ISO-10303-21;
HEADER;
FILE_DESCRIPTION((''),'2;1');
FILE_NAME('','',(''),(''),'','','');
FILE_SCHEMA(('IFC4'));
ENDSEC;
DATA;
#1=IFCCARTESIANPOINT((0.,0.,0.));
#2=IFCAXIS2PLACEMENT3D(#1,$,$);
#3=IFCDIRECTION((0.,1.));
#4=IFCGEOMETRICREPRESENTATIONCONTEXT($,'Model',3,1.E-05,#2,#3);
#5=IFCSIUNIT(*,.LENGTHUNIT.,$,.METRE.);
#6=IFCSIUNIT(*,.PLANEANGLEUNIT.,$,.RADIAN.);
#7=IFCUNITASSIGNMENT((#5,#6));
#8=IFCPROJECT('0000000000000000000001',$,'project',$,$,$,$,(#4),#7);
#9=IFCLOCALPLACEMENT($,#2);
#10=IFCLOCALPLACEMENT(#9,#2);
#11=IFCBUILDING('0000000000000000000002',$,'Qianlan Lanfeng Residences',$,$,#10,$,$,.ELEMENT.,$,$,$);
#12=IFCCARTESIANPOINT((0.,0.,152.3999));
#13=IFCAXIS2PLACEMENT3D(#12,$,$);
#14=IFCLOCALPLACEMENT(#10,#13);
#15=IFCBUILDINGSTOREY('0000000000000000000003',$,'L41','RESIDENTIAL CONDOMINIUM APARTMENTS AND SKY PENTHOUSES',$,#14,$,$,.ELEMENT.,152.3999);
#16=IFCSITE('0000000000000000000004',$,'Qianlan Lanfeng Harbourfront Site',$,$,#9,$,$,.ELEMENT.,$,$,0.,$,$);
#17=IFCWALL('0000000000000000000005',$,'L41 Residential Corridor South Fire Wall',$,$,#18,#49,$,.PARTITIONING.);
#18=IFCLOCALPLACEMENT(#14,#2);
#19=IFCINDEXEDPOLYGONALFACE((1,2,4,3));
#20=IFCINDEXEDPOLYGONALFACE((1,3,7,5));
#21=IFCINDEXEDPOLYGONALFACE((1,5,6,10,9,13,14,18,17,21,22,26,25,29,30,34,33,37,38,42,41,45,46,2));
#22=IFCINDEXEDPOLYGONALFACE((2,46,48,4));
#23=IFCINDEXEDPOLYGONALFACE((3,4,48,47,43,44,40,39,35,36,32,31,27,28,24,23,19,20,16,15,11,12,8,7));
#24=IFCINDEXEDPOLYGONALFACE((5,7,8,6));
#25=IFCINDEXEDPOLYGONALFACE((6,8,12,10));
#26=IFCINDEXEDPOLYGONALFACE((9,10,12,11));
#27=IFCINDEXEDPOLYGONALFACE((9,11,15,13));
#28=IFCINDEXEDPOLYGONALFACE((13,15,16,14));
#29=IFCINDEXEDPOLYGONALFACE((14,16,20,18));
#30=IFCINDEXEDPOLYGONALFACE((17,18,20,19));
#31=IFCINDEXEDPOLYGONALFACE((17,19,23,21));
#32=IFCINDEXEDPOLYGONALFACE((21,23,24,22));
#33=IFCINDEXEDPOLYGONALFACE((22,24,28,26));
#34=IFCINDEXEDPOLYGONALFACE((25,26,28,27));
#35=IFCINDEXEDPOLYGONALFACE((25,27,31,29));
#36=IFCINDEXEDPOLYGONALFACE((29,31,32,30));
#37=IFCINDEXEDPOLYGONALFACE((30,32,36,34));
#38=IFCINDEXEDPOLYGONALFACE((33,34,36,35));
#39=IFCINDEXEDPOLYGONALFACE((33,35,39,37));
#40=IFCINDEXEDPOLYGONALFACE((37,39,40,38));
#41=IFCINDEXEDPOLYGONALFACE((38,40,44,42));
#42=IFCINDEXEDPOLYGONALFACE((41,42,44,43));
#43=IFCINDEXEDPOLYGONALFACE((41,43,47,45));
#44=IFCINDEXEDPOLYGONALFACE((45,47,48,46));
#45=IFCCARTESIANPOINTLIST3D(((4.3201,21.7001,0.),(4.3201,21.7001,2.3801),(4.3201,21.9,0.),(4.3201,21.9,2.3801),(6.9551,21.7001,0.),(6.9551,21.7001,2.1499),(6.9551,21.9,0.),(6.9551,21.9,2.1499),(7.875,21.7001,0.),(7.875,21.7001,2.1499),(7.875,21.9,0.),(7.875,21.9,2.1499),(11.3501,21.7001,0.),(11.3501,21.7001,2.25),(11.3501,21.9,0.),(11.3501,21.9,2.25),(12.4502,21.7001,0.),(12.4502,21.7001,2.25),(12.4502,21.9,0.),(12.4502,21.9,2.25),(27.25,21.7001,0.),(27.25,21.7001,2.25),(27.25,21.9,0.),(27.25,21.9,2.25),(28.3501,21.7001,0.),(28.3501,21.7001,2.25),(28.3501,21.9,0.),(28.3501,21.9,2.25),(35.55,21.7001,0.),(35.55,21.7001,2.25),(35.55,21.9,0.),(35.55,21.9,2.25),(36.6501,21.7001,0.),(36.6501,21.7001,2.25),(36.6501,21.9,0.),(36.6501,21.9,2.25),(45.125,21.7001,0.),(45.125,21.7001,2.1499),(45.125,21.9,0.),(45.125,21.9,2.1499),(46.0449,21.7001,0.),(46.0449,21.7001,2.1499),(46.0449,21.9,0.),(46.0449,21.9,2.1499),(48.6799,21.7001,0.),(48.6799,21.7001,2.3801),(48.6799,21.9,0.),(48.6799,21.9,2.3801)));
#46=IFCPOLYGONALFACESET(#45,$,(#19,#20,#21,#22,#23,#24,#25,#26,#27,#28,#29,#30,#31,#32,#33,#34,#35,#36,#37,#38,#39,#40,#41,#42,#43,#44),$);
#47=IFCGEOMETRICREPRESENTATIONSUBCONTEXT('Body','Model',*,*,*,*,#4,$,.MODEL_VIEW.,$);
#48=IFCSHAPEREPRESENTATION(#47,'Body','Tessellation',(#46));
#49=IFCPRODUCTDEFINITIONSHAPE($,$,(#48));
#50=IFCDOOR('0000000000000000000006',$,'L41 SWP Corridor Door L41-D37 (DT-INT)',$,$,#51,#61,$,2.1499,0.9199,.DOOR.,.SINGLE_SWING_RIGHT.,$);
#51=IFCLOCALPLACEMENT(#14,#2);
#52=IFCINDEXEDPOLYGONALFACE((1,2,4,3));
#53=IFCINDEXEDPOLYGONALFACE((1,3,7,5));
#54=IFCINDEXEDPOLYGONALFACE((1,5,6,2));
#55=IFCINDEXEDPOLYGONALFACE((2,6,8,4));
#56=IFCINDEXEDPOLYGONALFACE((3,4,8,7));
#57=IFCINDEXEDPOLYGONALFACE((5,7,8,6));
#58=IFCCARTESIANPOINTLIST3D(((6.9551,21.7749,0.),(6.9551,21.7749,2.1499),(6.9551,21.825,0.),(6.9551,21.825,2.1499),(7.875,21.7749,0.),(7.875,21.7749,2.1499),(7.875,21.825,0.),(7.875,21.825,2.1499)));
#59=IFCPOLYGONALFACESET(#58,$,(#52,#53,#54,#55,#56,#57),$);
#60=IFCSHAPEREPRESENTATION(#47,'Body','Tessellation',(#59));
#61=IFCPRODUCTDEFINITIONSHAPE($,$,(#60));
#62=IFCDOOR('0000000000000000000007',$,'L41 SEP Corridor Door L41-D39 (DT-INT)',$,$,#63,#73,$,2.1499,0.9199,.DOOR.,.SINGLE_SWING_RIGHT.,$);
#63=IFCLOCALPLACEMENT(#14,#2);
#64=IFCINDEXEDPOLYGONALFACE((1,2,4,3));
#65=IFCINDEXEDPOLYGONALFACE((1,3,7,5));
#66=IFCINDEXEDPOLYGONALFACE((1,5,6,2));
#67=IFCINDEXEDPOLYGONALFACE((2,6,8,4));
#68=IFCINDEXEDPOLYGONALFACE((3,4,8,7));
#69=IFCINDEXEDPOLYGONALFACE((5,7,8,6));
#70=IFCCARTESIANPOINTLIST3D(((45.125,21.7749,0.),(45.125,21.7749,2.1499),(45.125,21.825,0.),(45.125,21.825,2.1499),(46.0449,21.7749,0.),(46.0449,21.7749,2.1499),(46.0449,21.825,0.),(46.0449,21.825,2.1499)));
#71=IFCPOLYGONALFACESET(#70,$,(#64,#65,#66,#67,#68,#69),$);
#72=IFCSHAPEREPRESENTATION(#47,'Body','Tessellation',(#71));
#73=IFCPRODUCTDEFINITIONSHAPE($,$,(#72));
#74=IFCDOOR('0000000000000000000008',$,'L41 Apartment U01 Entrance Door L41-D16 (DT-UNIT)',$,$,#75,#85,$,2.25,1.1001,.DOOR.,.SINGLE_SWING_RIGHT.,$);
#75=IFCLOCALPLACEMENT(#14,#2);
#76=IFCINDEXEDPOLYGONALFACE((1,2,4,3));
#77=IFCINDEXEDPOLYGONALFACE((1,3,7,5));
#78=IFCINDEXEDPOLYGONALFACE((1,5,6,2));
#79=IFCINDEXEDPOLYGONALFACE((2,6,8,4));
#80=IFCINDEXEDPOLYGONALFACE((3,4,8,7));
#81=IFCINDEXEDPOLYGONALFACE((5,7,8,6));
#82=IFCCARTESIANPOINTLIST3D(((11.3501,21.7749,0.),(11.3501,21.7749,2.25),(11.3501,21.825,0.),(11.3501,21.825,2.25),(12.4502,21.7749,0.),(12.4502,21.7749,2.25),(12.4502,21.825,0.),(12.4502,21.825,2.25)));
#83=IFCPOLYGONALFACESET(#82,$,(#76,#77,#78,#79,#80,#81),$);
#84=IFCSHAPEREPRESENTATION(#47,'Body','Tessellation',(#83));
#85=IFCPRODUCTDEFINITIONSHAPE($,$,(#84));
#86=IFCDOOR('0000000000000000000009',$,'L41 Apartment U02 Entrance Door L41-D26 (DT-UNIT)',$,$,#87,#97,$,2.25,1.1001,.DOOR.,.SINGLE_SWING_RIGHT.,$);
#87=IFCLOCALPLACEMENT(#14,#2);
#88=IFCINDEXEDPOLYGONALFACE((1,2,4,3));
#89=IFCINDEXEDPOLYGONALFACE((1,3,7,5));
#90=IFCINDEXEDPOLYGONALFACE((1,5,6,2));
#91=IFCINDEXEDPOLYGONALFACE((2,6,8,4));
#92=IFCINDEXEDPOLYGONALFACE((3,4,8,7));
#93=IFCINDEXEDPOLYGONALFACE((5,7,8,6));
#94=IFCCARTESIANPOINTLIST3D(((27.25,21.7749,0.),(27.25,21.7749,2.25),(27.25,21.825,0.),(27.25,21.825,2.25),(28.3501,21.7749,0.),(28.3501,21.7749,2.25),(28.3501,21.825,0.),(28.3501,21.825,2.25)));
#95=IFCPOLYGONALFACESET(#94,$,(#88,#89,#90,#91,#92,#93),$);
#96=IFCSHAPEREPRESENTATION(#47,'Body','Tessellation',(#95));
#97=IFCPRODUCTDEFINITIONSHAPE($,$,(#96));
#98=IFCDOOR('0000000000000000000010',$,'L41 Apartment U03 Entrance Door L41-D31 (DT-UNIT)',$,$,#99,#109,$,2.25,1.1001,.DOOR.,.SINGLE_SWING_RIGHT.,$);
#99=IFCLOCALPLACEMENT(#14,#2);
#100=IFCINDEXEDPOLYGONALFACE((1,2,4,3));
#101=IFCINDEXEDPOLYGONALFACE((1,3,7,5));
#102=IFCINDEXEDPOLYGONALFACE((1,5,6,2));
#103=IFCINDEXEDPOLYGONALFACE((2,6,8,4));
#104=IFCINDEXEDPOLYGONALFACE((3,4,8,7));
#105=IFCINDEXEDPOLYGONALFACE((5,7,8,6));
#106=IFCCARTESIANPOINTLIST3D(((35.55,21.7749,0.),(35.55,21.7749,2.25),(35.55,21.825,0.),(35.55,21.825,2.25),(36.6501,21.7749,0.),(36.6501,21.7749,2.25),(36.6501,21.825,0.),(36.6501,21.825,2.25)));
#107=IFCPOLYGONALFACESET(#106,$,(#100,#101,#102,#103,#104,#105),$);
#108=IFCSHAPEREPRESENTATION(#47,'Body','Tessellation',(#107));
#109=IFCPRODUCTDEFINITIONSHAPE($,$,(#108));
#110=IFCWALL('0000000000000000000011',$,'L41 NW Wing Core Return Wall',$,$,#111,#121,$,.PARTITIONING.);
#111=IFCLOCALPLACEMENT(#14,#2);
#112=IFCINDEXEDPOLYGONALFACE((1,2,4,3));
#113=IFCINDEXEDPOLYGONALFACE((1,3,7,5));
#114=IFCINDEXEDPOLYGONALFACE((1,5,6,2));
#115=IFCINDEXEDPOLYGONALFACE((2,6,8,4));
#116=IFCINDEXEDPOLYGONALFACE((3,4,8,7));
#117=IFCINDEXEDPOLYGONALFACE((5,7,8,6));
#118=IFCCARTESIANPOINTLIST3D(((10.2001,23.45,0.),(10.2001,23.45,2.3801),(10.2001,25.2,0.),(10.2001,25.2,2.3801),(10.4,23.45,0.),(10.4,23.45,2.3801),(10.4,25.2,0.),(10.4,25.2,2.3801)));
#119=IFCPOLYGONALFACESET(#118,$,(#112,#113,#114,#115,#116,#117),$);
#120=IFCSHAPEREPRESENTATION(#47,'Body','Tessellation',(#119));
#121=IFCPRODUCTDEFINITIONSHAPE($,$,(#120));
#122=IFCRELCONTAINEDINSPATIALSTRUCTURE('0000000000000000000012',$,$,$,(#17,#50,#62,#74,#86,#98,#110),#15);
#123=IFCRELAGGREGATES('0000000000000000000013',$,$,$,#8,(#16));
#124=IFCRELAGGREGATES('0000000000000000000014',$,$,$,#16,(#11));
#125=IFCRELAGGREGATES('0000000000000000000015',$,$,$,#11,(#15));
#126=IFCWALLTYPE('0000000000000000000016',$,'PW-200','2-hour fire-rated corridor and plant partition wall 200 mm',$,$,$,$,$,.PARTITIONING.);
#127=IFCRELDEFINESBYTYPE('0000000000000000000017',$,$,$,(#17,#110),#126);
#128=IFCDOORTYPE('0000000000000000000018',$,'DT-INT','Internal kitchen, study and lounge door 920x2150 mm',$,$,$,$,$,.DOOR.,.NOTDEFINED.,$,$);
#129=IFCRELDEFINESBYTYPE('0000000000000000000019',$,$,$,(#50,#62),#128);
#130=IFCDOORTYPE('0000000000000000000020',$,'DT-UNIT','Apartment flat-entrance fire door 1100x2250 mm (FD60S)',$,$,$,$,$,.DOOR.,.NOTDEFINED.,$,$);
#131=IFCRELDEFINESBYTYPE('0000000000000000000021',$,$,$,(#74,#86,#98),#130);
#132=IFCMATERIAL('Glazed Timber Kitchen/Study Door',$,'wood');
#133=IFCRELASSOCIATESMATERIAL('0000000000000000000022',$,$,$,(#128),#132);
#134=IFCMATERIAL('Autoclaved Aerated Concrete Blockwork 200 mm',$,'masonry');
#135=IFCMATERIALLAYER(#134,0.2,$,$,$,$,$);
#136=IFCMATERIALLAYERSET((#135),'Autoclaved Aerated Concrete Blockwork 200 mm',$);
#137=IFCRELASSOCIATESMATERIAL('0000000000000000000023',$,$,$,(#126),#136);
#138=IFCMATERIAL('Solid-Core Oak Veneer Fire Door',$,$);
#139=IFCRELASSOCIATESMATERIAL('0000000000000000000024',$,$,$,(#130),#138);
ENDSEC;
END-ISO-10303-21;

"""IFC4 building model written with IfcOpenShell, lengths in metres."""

from ifc_helpers import new_model, si_unit, direction, frame, frame_2d, origin, place, context, subcontext, project, spatial, rectangle, extrude, material, layer, layer_set, type_object, element, fill, save


model = new_model("IFC4")

# Units and contexts
model_context = context("Model", 3, precision=1e-05, world=origin(), true_north=direction((0.0, 1.0)))
body_context = subcontext(model_context, "Body", "Model", "MODEL_VIEW")
ifc_project = project(units=[si_unit("LENGTHUNIT", "METRE"), si_unit("PLANEANGLEUNIT", "RADIAN")], contexts=[model_context])

# Site, building, storey
site_placement = place(None, origin())
site = spatial("IfcSite", under=ifc_project, at=site_placement, Name="Qianlan Lanfeng Harbourfront Site", CompositionType="ELEMENT", RefElevation=0.0)
building_placement = place(site_placement, origin())
building = spatial("IfcBuilding", under=site, at=building_placement, Name="Qianlan Lanfeng Residences", CompositionType="ELEMENT")
storey_placement = place(building_placement, frame((0.0, 0.0, 152.3999)))
storey = spatial("IfcBuildingStorey", under=building, at=storey_placement, Name="L41", Description="RESIDENTIAL CONDOMINIUM APARTMENTS AND SKY PENTHOUSES", CompositionType="ELEMENT", Elevation=152.3999)

# Shared definitions
ifc_material_1 = material(Name="Glazed Timber Kitchen/Study Door", Category="wood")
door_type_1 = type_object("IfcDoorType", Name="DT-INT", Description="Internal kitchen, study and lounge door 920x2150 mm", OperationType="NOTDEFINED", PredefinedType="DOOR", material=ifc_material_1)

# Wall, openings, doors
ifc_material_2 = material(Name="Autoclaved Aerated Concrete Blockwork 200 mm", Category="masonry")
ifc_layer_1 = layer(ifc_material_2, 0.2)
ifc_layer_set_1 = layer_set([ifc_layer_1], Name="Autoclaved Aerated Concrete Blockwork 200 mm")
wall_type_1 = type_object("IfcWallType", Name="PW-200", Description="2-hour fire-rated corridor and plant partition wall 200 mm", PredefinedType="PARTITIONING", material=ifc_layer_set_1)
wall_1_placement = place(storey_placement, frame((4.3201, 21.8, 0.0), z_axis=(0.0, 0.0, 1.0), x_axis=(1.0, 0.0, 0.0)))
wall_1 = element("IfcWall", 1, at=wall_1_placement, inside=storey, type_object=wall_type_1, Name="L41 Residential Corridor South Fire Wall", PredefinedType="PARTITIONING", context=body_context, shape_type="SweptSolid", body=[
    extrude(rectangle(XDim=44.3599, YDim=0.2, at=frame_2d((22.1799, 0.0))), origin(), (0.0, 0.0, 1.0), 2.3801),
])
opening_1_placement = place(wall_1_placement, frame((7.03, 0.0, 0.0)))
opening_1 = element("IfcOpeningElement", 2, at=opening_1_placement, cuts=wall_1, PredefinedType="OPENING", context=body_context, shape_type="SweptSolid", body=[
    extrude(rectangle(XDim=1.1001, YDim=2.25, at=frame_2d((0.55, 1.125))), frame((0.0, 0.1099, 0.0), z_axis=(0.0, -1.0, 0.0), x_axis=(1.0, 0.0, 0.0)), (0.0, 0.0, 1.0), 0.22),
])
opening_2_placement = place(wall_1_placement, frame((22.9299, 0.0, 0.0)))
opening_2 = element("IfcOpeningElement", 3, at=opening_2_placement, cuts=wall_1, PredefinedType="OPENING", context=body_context, shape_type="SweptSolid", body=[
    extrude(rectangle(XDim=1.1001, YDim=2.25, at=frame_2d((0.55, 1.125))), frame((0.0, 0.1099, 0.0), z_axis=(0.0, -1.0, 0.0), x_axis=(1.0, 0.0, 0.0)), (0.0, 0.0, 1.0), 0.22),
])
opening_3_placement = place(wall_1_placement, frame((31.23, 0.0, 0.0)))
opening_3 = element("IfcOpeningElement", 4, at=opening_3_placement, cuts=wall_1, PredefinedType="OPENING", context=body_context, shape_type="SweptSolid", body=[
    extrude(rectangle(XDim=1.1001, YDim=2.25, at=frame_2d((0.55, 1.125))), frame((0.0, 0.1099, 0.0), z_axis=(0.0, -1.0, 0.0), x_axis=(1.0, 0.0, 0.0)), (0.0, 0.0, 1.0), 0.22),
])
opening_4_placement = place(wall_1_placement, frame((2.635, 0.0, 0.0)))
opening_4 = element("IfcOpeningElement", 5, at=opening_4_placement, cuts=wall_1, PredefinedType="OPENING", context=body_context, shape_type="SweptSolid", body=[
    extrude(rectangle(XDim=0.9199, YDim=2.1499, at=frame_2d((0.46, 1.075))), frame((0.0, 0.1099, 0.0), z_axis=(0.0, -1.0, 0.0), x_axis=(1.0, 0.0, 0.0)), (0.0, 0.0, 1.0), 0.22),
])
opening_5_placement = place(wall_1_placement, frame((40.8049, 0.0, 0.0)))
opening_5 = element("IfcOpeningElement", 6, at=opening_5_placement, cuts=wall_1, PredefinedType="OPENING", context=body_context, shape_type="SweptSolid", body=[
    extrude(rectangle(XDim=0.9199, YDim=2.1499, at=frame_2d((0.46, 1.075))), frame((0.0, 0.1099, 0.0), z_axis=(0.0, -1.0, 0.0), x_axis=(1.0, 0.0, 0.0)), (0.0, 0.0, 1.0), 0.22),
])
door_1_placement = place(opening_4_placement, origin())
door_1 = element("IfcDoor", 7, at=door_1_placement, inside=storey, type_object=door_type_1, Name="L41 SWP Corridor Door L41-D37 (DT-INT)", OperationType="SINGLE_SWING_RIGHT", OverallHeight=2.1499, OverallWidth=0.9199, PredefinedType="DOOR", context=body_context, shape_type="SweptSolid", body=[
    extrude(rectangle(XDim=0.9199, YDim=2.1499, at=frame_2d((0.46, 1.075))), frame((0.0, 0.0249, 0.0), z_axis=(0.0, -1.0, 0.0), x_axis=(1.0, 0.0, 0.0)), (0.0, 0.0, 1.0), 0.05),
])
fill(opening_4, door_1)
door_2_placement = place(opening_5_placement, origin())
door_2 = element("IfcDoor", 8, at=door_2_placement, inside=storey, type_object=door_type_1, Name="L41 SEP Corridor Door L41-D39 (DT-INT)", OperationType="SINGLE_SWING_RIGHT", OverallHeight=2.1499, OverallWidth=0.9199, PredefinedType="DOOR", context=body_context, shape_type="SweptSolid", body=[
    extrude(rectangle(XDim=0.9199, YDim=2.1499, at=frame_2d((0.46, 1.075))), frame((0.0, 0.0249, 0.0), z_axis=(0.0, -1.0, 0.0), x_axis=(1.0, 0.0, 0.0)), (0.0, 0.0, 1.0), 0.05),
])
fill(opening_5, door_2)
ifc_material_3 = material(Name="Solid-Core Oak Veneer Fire Door")
door_type_2 = type_object("IfcDoorType", Name="DT-UNIT", Description="Apartment flat-entrance fire door 1100x2250 mm (FD60S)", OperationType="NOTDEFINED", PredefinedType="DOOR", material=ifc_material_3)
door_3_placement = place(opening_1_placement, origin())
door_3 = element("IfcDoor", 9, at=door_3_placement, inside=storey, type_object=door_type_2, Name="L41 Apartment U01 Entrance Door L41-D16 (DT-UNIT)", OperationType="SINGLE_SWING_RIGHT", OverallHeight=2.25, OverallWidth=1.1001, PredefinedType="DOOR", context=body_context, shape_type="SweptSolid", body=[
    extrude(rectangle(XDim=1.1001, YDim=2.25, at=frame_2d((0.55, 1.125))), frame((0.0, 0.0249, 0.0), z_axis=(0.0, -1.0, 0.0), x_axis=(1.0, 0.0, 0.0)), (0.0, 0.0, 1.0), 0.05),
])
fill(opening_1, door_3)
door_4_placement = place(opening_2_placement, origin())
door_4 = element("IfcDoor", 10, at=door_4_placement, inside=storey, type_object=door_type_2, Name="L41 Apartment U02 Entrance Door L41-D26 (DT-UNIT)", OperationType="SINGLE_SWING_RIGHT", OverallHeight=2.25, OverallWidth=1.1001, PredefinedType="DOOR", context=body_context, shape_type="SweptSolid", body=[
    extrude(rectangle(XDim=1.1001, YDim=2.25, at=frame_2d((0.55, 1.125))), frame((0.0, 0.0249, 0.0), z_axis=(0.0, -1.0, 0.0), x_axis=(1.0, 0.0, 0.0)), (0.0, 0.0, 1.0), 0.05),
])
fill(opening_2, door_4)
door_5_placement = place(opening_3_placement, origin())
door_5 = element("IfcDoor", 11, at=door_5_placement, inside=storey, type_object=door_type_2, Name="L41 Apartment U03 Entrance Door L41-D31 (DT-UNIT)", OperationType="SINGLE_SWING_RIGHT", OverallHeight=2.25, OverallWidth=1.1001, PredefinedType="DOOR", context=body_context, shape_type="SweptSolid", body=[
    extrude(rectangle(XDim=1.1001, YDim=2.25, at=frame_2d((0.55, 1.125))), frame((0.0, 0.0249, 0.0), z_axis=(0.0, -1.0, 0.0), x_axis=(1.0, 0.0, 0.0)), (0.0, 0.0, 1.0), 0.05),
])
fill(opening_3, door_5)

# Wall
wall_2_placement = place(storey_placement, frame((10.3, 23.45, 0.0), z_axis=(0.0, 0.0, 1.0), x_axis=(0.0, 1.0, 0.0)))
element("IfcWall", 12, at=wall_2_placement, inside=storey, type_object=wall_type_1, Name="L41 NW Wing Core Return Wall", PredefinedType="PARTITIONING", context=body_context, shape_type="SweptSolid", body=[
    extrude(rectangle(XDim=1.75, YDim=0.2, at=frame_2d((0.875, 0.0))), origin(), (0.0, 0.0, 1.0), 2.3801),
])

save(model, "model.ifc")
